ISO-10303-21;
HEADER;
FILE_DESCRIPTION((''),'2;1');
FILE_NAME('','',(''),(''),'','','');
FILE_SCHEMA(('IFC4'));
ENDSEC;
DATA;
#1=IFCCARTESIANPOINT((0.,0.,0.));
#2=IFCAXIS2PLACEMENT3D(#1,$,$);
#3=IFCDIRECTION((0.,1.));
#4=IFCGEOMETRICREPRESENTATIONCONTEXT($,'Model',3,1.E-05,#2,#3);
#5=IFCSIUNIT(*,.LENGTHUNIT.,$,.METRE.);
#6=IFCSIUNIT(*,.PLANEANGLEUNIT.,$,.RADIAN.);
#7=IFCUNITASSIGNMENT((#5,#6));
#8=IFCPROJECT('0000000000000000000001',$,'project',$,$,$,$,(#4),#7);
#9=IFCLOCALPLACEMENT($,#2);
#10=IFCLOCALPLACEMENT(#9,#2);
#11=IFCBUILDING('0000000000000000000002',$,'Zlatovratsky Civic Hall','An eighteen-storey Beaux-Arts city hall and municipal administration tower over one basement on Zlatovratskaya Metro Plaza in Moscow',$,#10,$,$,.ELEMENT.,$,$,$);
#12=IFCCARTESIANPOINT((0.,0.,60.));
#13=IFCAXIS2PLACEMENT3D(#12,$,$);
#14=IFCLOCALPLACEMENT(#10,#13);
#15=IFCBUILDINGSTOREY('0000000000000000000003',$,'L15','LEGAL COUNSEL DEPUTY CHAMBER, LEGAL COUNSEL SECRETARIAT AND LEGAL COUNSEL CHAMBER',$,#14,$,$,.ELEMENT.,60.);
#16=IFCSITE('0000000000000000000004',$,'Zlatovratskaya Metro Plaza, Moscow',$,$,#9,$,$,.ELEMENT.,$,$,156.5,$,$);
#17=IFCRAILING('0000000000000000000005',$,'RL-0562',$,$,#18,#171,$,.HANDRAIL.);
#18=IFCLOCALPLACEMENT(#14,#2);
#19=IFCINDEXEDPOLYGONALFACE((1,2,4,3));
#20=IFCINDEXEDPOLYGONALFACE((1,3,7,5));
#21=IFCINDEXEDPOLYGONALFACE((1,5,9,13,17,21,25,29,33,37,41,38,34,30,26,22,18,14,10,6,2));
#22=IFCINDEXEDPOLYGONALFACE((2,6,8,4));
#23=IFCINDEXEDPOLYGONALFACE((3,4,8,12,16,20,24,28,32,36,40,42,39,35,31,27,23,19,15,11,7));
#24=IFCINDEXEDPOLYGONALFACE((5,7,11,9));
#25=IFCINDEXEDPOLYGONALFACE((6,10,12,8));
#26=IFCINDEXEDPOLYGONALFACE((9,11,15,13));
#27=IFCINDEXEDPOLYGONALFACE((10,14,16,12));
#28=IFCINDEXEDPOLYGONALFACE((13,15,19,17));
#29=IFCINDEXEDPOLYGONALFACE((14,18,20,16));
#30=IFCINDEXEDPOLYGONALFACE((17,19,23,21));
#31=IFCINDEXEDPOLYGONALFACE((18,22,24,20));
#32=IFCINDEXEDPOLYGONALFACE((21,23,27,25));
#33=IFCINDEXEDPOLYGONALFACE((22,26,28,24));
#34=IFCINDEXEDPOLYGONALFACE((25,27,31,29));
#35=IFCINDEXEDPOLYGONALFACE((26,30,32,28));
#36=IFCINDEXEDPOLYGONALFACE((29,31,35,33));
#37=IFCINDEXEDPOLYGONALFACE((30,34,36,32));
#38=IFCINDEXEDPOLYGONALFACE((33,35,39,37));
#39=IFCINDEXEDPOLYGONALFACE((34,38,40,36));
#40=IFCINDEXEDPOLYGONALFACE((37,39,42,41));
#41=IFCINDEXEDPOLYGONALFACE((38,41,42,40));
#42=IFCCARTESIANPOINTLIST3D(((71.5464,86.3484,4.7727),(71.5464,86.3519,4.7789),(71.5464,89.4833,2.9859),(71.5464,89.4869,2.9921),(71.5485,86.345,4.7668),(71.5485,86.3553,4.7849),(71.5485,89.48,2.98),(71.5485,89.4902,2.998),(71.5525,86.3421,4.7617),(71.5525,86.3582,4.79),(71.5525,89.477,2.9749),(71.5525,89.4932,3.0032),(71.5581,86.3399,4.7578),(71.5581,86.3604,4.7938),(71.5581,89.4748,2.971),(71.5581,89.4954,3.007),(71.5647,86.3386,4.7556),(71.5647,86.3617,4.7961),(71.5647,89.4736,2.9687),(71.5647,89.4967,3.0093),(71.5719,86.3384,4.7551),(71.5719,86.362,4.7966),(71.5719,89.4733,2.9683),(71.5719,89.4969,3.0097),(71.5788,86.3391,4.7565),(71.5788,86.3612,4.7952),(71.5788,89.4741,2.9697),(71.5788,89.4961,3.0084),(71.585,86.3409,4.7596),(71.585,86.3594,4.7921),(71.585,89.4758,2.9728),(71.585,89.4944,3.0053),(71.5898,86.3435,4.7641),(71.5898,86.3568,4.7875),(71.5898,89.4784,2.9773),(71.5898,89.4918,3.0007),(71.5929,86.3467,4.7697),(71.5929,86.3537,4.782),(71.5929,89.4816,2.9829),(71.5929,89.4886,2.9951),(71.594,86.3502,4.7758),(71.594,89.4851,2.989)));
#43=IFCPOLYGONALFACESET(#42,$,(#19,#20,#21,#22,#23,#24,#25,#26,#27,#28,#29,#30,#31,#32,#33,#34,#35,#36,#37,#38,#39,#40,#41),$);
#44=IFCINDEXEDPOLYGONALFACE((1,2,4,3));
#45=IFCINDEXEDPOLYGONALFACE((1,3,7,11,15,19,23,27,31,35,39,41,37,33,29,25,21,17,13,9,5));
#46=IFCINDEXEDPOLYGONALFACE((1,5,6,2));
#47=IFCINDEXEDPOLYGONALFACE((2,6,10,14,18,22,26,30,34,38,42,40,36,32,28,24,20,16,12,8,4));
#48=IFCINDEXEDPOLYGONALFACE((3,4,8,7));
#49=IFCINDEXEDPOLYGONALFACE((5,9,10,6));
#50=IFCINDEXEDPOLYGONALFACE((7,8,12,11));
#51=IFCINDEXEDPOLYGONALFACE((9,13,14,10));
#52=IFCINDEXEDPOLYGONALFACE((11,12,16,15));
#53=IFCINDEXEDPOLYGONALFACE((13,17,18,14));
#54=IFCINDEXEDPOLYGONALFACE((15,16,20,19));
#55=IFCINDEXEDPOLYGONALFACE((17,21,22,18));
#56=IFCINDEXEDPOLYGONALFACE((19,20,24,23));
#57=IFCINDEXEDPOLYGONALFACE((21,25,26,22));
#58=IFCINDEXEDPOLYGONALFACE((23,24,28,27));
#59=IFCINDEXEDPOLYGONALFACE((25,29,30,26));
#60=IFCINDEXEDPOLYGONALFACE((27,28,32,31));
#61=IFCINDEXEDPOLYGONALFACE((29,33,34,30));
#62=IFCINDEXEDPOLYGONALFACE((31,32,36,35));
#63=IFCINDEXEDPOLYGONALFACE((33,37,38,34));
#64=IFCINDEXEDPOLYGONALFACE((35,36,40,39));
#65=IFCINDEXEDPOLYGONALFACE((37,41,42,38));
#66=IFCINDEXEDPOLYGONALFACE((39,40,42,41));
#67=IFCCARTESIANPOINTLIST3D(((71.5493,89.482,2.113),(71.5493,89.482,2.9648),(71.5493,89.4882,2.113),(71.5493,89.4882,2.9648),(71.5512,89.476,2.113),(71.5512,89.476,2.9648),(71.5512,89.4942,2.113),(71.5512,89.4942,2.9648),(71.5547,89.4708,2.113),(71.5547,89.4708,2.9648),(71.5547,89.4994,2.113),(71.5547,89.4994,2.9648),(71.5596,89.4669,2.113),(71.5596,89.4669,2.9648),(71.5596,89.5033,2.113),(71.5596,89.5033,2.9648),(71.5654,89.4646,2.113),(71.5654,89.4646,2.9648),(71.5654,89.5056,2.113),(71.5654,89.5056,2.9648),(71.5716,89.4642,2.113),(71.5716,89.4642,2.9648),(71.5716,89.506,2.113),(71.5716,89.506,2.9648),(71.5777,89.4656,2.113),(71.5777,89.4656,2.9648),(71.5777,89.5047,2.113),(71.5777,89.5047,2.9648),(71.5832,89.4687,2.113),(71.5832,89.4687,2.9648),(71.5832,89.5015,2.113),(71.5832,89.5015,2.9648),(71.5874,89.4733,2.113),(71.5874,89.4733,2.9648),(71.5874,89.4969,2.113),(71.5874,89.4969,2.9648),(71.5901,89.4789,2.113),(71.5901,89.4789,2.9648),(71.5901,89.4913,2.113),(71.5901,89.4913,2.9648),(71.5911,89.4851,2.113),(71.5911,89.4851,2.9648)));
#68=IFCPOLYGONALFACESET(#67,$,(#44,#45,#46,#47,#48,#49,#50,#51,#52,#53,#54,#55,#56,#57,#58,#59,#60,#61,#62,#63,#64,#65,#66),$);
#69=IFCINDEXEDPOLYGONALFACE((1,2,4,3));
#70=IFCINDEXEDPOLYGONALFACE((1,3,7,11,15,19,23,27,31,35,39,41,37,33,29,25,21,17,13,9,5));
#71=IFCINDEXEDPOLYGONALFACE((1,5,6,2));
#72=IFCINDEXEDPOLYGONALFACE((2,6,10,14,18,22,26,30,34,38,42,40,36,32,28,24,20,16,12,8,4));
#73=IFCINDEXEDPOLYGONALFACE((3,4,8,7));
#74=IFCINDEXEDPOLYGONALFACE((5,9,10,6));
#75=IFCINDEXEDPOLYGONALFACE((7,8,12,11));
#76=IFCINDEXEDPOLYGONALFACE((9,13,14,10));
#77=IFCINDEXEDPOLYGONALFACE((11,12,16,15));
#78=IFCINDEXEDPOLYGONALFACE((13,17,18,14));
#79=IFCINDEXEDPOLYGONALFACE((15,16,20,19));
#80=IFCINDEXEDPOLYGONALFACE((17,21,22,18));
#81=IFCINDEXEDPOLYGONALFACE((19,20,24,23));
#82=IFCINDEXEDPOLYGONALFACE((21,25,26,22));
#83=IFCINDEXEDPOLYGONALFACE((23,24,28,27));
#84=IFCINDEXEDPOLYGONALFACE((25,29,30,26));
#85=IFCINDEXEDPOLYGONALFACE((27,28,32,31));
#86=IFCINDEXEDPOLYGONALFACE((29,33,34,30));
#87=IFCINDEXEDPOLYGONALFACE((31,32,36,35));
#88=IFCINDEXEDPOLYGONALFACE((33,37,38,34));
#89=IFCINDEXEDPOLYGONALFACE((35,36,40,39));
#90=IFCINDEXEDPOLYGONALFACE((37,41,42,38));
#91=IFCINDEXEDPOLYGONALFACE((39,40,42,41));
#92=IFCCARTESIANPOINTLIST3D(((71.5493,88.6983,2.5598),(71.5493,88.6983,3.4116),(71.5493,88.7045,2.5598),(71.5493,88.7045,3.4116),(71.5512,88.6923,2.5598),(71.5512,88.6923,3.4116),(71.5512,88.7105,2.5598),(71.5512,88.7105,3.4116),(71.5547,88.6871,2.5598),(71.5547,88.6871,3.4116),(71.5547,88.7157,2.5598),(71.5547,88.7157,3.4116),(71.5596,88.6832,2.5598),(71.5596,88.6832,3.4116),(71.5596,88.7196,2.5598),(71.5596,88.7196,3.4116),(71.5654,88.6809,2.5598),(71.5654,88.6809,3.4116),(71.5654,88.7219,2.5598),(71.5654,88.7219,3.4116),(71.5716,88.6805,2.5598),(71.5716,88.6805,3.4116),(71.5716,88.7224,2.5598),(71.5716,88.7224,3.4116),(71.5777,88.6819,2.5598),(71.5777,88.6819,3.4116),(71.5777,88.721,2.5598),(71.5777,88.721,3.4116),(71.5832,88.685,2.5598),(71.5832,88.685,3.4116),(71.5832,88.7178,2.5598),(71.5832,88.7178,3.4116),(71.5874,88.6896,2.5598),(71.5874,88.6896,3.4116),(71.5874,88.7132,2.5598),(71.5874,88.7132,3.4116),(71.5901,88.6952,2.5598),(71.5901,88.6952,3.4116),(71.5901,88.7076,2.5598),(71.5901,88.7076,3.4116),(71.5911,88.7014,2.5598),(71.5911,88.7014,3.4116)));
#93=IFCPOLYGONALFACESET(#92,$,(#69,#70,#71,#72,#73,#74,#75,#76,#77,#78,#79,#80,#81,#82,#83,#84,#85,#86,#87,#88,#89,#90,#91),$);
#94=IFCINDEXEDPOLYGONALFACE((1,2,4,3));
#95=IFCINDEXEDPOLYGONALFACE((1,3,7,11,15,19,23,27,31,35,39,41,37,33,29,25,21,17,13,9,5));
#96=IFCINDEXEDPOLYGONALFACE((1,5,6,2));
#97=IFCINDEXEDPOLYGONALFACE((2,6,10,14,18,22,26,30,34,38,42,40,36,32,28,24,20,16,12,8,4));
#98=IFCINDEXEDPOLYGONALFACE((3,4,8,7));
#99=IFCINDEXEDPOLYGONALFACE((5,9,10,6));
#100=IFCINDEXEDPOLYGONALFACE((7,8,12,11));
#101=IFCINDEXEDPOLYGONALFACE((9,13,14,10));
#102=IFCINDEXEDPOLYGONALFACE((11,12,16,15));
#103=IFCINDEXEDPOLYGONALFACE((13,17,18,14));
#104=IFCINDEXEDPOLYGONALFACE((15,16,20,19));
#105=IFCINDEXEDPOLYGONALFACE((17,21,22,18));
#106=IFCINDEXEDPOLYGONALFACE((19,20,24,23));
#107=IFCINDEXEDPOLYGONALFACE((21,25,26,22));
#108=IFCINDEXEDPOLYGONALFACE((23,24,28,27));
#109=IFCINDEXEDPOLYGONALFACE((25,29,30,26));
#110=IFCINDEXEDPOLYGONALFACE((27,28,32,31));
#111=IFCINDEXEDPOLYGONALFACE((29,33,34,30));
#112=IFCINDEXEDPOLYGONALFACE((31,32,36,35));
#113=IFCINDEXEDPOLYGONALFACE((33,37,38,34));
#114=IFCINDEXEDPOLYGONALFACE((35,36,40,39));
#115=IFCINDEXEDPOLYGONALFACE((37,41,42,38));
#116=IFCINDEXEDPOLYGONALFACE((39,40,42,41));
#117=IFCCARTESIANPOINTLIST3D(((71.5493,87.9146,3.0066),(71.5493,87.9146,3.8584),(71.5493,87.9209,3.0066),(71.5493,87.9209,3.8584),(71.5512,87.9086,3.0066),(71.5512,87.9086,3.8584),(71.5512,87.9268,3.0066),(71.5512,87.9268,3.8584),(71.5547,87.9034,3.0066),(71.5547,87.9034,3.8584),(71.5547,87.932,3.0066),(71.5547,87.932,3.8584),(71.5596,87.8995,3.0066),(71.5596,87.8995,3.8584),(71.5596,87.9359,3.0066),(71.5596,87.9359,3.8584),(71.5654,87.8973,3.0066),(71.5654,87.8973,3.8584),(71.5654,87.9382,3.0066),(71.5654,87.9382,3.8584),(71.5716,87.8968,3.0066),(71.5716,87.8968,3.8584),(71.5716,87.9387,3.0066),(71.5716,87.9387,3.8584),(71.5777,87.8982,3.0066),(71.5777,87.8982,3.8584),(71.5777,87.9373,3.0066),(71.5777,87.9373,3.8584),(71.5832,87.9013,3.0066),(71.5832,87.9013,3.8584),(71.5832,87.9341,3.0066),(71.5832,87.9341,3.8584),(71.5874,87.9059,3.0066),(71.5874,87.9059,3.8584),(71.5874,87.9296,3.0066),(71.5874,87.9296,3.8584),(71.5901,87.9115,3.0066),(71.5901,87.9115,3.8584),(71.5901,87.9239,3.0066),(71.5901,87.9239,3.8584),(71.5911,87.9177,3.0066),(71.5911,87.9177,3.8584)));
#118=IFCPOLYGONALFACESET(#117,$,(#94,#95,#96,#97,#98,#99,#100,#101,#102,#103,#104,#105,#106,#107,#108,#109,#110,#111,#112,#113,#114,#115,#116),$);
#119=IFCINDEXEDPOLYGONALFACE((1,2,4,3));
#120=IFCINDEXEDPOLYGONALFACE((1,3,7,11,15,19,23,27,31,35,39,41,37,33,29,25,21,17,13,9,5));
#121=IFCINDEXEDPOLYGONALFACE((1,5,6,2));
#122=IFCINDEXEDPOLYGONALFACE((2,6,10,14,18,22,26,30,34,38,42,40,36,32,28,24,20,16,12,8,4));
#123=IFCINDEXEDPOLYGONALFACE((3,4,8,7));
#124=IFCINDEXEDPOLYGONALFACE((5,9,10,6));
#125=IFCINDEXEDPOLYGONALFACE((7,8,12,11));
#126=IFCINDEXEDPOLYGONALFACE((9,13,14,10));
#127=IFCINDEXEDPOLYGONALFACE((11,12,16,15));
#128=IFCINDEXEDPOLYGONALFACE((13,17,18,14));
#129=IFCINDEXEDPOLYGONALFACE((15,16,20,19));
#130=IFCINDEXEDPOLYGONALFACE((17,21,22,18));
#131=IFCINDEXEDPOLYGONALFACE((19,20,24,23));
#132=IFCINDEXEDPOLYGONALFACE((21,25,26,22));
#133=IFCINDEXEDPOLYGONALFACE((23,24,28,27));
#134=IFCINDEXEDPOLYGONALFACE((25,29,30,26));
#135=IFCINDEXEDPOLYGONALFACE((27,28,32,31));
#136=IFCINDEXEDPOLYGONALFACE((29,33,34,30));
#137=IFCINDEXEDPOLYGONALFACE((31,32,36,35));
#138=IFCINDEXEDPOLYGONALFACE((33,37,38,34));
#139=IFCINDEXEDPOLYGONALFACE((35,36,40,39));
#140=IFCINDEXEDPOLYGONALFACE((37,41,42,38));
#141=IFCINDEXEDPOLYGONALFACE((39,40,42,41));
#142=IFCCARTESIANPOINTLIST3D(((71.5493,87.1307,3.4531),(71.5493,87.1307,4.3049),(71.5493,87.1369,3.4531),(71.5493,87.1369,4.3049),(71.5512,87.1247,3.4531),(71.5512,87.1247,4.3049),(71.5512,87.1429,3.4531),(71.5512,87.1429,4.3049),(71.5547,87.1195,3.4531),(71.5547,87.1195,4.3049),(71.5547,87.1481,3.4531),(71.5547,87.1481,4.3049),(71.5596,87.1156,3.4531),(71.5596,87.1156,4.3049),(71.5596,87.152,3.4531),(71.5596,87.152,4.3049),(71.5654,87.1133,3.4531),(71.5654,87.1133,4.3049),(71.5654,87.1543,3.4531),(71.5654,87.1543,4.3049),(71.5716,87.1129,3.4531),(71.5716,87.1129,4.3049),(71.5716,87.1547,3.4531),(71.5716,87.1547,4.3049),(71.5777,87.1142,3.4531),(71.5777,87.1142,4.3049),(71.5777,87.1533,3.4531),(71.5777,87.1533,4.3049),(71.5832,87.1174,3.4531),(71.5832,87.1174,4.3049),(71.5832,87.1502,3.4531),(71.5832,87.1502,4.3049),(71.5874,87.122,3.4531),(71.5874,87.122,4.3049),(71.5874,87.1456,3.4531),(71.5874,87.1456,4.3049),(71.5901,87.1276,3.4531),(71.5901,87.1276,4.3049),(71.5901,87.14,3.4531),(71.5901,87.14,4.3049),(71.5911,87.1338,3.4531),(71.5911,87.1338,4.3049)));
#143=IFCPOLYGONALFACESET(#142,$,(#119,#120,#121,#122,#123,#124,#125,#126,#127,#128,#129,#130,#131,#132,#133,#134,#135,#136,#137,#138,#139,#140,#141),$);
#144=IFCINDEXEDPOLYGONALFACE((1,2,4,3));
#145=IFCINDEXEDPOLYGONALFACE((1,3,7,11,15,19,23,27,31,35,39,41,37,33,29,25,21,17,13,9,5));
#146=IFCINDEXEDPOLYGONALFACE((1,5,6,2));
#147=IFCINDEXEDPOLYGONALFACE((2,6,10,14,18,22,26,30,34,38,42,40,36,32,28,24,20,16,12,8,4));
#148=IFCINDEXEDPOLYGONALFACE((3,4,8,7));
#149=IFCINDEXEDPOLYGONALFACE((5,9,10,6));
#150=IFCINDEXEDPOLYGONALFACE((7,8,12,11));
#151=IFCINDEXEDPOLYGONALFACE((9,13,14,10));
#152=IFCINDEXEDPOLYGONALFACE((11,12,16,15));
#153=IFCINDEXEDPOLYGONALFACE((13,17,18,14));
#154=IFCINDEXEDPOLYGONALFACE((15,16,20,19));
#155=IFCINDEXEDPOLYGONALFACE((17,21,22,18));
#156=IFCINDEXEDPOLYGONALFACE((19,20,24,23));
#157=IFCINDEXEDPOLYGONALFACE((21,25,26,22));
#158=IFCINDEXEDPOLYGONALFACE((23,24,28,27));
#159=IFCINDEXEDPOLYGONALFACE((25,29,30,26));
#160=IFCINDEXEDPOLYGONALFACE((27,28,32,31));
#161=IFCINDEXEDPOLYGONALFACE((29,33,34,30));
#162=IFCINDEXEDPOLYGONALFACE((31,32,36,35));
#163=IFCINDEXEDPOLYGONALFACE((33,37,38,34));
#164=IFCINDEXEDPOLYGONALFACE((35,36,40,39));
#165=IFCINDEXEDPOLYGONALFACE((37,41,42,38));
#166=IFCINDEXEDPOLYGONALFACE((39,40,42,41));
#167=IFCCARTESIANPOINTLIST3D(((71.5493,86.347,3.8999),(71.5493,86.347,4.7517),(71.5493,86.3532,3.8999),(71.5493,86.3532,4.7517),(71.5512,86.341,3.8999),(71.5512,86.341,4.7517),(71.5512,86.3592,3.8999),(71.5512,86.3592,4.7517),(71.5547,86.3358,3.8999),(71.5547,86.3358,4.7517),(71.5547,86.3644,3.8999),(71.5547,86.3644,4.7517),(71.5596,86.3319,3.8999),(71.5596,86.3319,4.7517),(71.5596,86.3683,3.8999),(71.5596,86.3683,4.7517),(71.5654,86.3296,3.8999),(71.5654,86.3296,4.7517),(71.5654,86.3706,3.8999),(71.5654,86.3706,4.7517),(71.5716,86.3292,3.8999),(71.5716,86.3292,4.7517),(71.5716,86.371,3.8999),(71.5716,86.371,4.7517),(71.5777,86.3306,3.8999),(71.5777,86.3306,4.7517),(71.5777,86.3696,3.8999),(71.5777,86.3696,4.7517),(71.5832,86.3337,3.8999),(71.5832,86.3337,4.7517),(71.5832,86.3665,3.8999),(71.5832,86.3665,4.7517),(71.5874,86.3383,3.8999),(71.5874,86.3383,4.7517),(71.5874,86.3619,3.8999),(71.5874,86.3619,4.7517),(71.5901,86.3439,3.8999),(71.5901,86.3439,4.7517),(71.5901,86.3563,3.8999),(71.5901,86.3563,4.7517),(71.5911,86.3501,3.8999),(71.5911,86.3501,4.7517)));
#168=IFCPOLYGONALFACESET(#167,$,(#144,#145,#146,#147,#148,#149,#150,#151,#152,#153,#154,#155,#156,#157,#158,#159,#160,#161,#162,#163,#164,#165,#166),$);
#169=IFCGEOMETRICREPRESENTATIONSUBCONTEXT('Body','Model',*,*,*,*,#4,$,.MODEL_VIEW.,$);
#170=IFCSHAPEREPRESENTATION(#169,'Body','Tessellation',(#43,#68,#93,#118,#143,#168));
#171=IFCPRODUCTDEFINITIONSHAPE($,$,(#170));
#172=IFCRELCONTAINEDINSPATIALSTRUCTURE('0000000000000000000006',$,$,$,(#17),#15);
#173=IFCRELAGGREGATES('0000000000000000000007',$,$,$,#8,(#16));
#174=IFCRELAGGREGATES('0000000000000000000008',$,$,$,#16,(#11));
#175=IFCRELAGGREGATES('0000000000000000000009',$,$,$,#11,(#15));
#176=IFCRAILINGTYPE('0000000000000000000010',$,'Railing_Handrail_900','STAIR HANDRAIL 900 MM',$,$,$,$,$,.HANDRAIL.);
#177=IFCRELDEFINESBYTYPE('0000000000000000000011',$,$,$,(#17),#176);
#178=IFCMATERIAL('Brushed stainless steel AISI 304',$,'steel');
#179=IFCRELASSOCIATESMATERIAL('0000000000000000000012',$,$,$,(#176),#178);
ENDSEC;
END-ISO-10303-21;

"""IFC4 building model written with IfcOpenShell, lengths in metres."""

from ifc_helpers import new_model, si_unit, direction, frame, origin, origin_2d, place, context, subcontext, project, spatial, circle, extrude, material, type_object, element, save


model = new_model("IFC4")

# Units and contexts
model_context = context("Model", 3, precision=1e-05, world=origin(), true_north=direction((0.0, 1.0)))
body_context = subcontext(model_context, "Body", "Model", "MODEL_VIEW")
ifc_project = project(units=[si_unit("LENGTHUNIT", "METRE"), si_unit("PLANEANGLEUNIT", "RADIAN")], contexts=[model_context])

# Site, building, storey
site_placement = place(None, origin())
site = spatial("IfcSite", under=ifc_project, at=site_placement, Name="Zlatovratskaya Metro Plaza, Moscow", CompositionType="ELEMENT", RefElevation=156.5)
building_placement = place(site_placement, origin())
building = spatial("IfcBuilding", under=site, at=building_placement, Name="Zlatovratsky Civic Hall", Description="An eighteen-storey Beaux-Arts city hall and municipal administration tower over one basement on Zlatovratskaya Metro Plaza in Moscow", CompositionType="ELEMENT")
storey_placement = place(building_placement, frame((0.0, 0.0, 60.0)))
storey = spatial("IfcBuildingStorey", under=building, at=storey_placement, Name="L15", Description="LEGAL COUNSEL DEPUTY CHAMBER, LEGAL COUNSEL SECRETARIAT AND LEGAL COUNSEL CHAMBER", CompositionType="ELEMENT", Elevation=60.0)

# Railing
ifc_material_1 = material(Name="Brushed stainless steel AISI 304", Category="steel")
railing_type = type_object("IfcRailingType", Name="Railing_Handrail_900", Description="STAIR HANDRAIL 900 MM", PredefinedType="HANDRAIL", material=ifc_material_1)
railing_placement = place(storey_placement, frame((71.5701, 89.4851, 2.113)))
element("IfcRailing", 1, at=railing_placement, inside=storey, type_object=railing_type, Name="RL-0562", PredefinedType="HANDRAIL", context=body_context, shape_type="SweptSolid", body=[
    extrude(circle(Radius=0.0239, at=origin_2d()), frame((0.0, 0.0, 0.876), z_axis=(0.0, -0.868788, 0.495184), x_axis=(1.0, 0.0, 0.0)), (0.0, 0.0, 1.0), 3.6084),
    extrude(circle(Radius=0.021, at=origin_2d()), origin(), (0.0, 0.0, 1.0), 0.8518),
    extrude(circle(Radius=0.021, at=origin_2d()), frame((0.0, -0.7837, 0.4468)), (0.0, 0.0, 1.0), 0.8518),
    extrude(circle(Radius=0.021, at=origin_2d()), frame((0.0, -1.5674, 0.8936)), (0.0, 0.0, 1.0), 0.8518),
    extrude(circle(Radius=0.021, at=origin_2d()), frame((0.0, -2.3513, 1.3401)), (0.0, 0.0, 1.0), 0.8518),
    extrude(circle(Radius=0.021, at=origin_2d()), frame((0.0, -3.135, 1.7869)), (0.0, 0.0, 1.0), 0.8518),
])

save(model, "model.ifc")
